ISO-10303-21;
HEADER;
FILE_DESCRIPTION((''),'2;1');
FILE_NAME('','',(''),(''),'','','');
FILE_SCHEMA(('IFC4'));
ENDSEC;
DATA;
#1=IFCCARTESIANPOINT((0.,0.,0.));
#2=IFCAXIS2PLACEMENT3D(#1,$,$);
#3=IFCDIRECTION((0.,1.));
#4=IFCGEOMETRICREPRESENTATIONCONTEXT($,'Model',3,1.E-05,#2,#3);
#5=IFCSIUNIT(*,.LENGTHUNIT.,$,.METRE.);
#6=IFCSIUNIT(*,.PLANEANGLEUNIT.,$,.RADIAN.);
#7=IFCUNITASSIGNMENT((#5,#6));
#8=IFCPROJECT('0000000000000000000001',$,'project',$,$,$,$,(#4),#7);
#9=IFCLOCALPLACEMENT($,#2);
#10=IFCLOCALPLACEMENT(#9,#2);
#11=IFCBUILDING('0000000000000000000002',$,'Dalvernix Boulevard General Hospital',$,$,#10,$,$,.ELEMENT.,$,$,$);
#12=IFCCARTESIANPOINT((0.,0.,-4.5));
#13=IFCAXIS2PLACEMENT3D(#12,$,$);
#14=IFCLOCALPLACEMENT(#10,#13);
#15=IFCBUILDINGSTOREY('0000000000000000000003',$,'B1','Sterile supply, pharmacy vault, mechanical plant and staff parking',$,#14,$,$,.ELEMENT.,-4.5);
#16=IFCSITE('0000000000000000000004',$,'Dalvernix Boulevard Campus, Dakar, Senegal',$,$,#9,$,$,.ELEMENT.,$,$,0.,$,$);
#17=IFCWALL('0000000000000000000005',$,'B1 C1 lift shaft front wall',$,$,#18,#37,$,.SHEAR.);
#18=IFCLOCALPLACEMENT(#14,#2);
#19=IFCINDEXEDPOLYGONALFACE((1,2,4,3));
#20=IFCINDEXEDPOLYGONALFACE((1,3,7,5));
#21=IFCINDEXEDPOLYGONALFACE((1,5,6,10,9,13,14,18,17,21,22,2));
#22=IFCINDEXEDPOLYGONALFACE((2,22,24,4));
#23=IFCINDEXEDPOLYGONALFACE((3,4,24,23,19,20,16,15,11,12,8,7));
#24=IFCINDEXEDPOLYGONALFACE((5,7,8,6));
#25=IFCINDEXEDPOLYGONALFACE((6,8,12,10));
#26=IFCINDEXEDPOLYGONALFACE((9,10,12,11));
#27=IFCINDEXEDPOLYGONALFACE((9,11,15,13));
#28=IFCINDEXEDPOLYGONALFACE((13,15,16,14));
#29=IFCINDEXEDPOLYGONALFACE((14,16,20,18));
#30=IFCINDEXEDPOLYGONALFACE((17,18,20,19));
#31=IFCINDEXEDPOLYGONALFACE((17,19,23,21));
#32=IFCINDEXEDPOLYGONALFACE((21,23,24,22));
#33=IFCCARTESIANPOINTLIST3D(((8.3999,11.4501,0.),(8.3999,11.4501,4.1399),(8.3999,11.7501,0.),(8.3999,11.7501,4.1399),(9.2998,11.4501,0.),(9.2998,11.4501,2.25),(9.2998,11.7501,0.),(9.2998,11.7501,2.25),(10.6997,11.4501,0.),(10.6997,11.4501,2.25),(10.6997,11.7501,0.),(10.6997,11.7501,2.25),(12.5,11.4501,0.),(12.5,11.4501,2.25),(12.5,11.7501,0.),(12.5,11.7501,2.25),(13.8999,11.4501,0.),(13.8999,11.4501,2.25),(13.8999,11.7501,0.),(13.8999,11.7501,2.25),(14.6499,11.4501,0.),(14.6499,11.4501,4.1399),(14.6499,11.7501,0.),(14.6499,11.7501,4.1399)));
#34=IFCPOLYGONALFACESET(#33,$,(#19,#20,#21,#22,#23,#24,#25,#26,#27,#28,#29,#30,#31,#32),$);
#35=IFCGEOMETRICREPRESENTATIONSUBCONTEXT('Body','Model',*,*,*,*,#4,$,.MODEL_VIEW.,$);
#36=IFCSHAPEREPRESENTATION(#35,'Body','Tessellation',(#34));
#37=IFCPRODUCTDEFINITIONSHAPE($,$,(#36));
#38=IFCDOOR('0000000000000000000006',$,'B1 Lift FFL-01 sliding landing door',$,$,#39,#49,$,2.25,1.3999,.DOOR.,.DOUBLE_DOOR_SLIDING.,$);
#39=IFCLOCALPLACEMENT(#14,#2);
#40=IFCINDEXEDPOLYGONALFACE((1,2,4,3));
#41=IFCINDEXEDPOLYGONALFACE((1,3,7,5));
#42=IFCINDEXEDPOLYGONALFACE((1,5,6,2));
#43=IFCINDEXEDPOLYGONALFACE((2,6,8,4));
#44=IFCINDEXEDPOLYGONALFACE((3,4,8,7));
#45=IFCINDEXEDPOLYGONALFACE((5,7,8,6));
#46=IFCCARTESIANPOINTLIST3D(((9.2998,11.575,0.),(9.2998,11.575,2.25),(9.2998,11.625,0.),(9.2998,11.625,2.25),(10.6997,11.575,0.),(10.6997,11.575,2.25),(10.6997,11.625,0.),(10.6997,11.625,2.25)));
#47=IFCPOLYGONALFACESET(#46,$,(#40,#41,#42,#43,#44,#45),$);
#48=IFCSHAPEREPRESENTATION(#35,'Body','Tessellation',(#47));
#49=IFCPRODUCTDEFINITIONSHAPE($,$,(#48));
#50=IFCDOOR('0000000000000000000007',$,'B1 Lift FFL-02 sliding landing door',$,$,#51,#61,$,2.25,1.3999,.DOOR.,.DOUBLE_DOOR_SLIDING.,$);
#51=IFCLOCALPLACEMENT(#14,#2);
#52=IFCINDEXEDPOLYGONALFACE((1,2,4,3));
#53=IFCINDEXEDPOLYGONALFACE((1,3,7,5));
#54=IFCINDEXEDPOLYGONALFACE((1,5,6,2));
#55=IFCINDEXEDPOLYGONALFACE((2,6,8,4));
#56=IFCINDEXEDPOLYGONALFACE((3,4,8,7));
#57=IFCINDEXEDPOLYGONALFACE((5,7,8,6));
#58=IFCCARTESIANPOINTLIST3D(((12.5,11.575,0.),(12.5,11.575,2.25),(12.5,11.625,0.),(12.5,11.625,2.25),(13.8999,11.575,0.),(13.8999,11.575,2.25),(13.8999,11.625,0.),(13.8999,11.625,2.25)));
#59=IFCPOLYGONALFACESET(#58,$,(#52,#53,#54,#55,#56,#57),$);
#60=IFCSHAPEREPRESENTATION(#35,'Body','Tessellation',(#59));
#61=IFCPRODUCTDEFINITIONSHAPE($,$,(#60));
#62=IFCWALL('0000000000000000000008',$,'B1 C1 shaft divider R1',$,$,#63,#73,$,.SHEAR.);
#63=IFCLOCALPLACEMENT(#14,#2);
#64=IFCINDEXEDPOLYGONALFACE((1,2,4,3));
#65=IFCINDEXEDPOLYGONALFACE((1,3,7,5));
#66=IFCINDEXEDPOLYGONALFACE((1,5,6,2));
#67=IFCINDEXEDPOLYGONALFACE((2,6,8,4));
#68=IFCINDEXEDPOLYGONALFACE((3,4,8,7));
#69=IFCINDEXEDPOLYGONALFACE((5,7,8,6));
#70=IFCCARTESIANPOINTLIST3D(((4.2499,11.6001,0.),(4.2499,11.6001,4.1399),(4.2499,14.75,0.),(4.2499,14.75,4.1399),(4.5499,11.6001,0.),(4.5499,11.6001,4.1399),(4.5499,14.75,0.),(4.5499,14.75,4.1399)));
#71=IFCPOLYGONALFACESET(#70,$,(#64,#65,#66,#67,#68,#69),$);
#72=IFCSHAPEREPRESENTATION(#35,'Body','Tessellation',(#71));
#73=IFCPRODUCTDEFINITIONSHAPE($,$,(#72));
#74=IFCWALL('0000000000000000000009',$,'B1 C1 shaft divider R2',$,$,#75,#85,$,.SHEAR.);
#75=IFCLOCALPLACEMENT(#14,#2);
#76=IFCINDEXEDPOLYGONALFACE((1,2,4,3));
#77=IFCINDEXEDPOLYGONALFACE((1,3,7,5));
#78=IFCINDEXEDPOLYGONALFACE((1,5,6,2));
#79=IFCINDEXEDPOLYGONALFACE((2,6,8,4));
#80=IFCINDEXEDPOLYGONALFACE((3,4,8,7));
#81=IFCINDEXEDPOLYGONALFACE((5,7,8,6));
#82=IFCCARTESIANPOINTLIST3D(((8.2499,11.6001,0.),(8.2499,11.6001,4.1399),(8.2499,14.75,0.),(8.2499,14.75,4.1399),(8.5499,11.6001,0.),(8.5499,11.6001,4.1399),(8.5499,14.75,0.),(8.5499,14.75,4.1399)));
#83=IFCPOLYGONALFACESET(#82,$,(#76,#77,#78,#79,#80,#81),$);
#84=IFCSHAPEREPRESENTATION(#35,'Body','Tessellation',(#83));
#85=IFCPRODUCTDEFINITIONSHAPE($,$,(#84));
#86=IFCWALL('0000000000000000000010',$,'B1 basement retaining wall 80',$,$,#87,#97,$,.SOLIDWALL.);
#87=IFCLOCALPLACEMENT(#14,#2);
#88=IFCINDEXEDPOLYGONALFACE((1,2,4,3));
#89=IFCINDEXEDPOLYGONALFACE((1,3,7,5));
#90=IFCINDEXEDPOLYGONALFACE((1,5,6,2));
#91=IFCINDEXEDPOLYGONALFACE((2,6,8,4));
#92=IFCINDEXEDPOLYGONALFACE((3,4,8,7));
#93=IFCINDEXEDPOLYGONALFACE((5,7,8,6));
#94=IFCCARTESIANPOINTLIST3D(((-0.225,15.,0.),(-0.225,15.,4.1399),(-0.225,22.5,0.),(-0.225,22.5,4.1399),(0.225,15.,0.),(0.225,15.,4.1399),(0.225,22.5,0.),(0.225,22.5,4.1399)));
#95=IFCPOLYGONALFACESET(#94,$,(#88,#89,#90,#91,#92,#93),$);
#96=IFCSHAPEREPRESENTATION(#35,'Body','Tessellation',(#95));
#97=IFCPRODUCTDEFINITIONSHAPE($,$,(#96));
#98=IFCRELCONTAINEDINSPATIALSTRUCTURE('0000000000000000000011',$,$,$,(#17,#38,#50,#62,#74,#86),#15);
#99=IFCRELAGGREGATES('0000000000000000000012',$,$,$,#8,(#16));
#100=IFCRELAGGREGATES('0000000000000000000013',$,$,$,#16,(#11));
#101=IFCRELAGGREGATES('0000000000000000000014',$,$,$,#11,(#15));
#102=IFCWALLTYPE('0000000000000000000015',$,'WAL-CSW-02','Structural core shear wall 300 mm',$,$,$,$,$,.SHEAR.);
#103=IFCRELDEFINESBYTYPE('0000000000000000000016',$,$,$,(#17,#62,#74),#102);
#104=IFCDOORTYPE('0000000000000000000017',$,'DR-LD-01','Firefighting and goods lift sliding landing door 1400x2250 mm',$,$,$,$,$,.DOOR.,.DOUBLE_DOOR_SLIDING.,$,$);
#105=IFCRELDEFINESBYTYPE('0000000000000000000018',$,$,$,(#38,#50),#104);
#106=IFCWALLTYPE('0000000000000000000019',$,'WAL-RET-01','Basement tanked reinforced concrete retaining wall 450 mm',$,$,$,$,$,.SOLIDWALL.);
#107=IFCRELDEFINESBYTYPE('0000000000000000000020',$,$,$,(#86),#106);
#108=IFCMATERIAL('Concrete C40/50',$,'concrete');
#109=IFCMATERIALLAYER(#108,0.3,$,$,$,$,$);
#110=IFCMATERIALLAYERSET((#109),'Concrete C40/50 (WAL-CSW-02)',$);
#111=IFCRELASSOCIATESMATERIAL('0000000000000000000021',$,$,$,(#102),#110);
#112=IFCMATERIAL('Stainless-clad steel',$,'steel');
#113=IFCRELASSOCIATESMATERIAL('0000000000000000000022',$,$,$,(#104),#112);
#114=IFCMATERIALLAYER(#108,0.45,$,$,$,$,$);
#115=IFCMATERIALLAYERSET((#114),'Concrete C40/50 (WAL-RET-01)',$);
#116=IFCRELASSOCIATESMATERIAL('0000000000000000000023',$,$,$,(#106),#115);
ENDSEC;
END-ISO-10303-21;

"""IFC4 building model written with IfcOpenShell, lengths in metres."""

from ifc_helpers import new_model, si_unit, direction, frame, frame_2d, origin, place, context, subcontext, project, spatial, rectangle, extrude, material, layer, layer_set, type_object, element, fill, save


model = new_model("IFC4")

# Units and contexts
model_context = context("Model", 3, precision=1e-05, world=origin(), true_north=direction((0.0, 1.0)))
body_context = subcontext(model_context, "Body", "Model", "MODEL_VIEW")
ifc_project = project(units=[si_unit("LENGTHUNIT", "METRE"), si_unit("PLANEANGLEUNIT", "RADIAN")], contexts=[model_context])

# Site, building, storey
site_placement = place(None, origin())
site = spatial("IfcSite", under=ifc_project, at=site_placement, Name="Dalvernix Boulevard Campus, Dakar, Senegal", CompositionType="ELEMENT", RefElevation=0.0)
building_placement = place(site_placement, origin())
building = spatial("IfcBuilding", under=site, at=building_placement, Name="Dalvernix Boulevard General Hospital", CompositionType="ELEMENT")
storey_placement = place(building_placement, frame((0.0, 0.0, -4.5)))
storey = spatial("IfcBuildingStorey", under=building, at=storey_placement, Name="B1", Description="Sterile supply, pharmacy vault, mechanical plant and staff parking", CompositionType="ELEMENT", Elevation=-4.5)

# Shared definitions
ifc_material_1 = material(Name="Concrete C40/50", Category="concrete")

# Wall, openings, doors
ifc_layer_1 = layer(ifc_material_1, 0.3)
ifc_layer_set_1 = layer_set([ifc_layer_1], Name="Concrete C40/50 (WAL-CSW-02)")
wall_type_1 = type_object("IfcWallType", Name="WAL-CSW-02", Description="Structural core shear wall 300 mm", PredefinedType="SHEAR", material=ifc_layer_set_1)
wall_1_placement = place(storey_placement, frame((8.3999, 11.6001, 0.0), z_axis=(0.0, 0.0, 1.0), x_axis=(1.0, 0.0, 0.0)))
wall_1 = element("IfcWall", 1, at=wall_1_placement, inside=storey, type_object=wall_type_1, Name="B1 C1 lift shaft front wall", PredefinedType="SHEAR", context=body_context, shape_type="SweptSolid", body=[
    extrude(rectangle(XDim=6.25, YDim=0.3, at=frame_2d((3.125, 0.0))), origin(), (0.0, 0.0, 1.0), 4.1399),
])
opening_1_placement = place(wall_1_placement, frame((0.8999, 0.0, 0.0)))
opening_1 = element("IfcOpeningElement", 2, at=opening_1_placement, cuts=wall_1, PredefinedType="OPENING", context=body_context, shape_type="SweptSolid", body=[
    extrude(rectangle(XDim=1.3999, YDim=2.25, at=frame_2d((0.7, 1.125))), frame((0.0, 0.1599, 0.0), z_axis=(0.0, -1.0, 0.0), x_axis=(1.0, 0.0, 0.0)), (0.0, 0.0, 1.0), 0.3201),
])
opening_2_placement = place(wall_1_placement, frame((4.1001, 0.0, 0.0)))
opening_2 = element("IfcOpeningElement", 3, at=opening_2_placement, cuts=wall_1, PredefinedType="OPENING", context=body_context, shape_type="SweptSolid", body=[
    extrude(rectangle(XDim=1.3999, YDim=2.25, at=frame_2d((0.7, 1.125))), frame((0.0, 0.1599, 0.0), z_axis=(0.0, -1.0, 0.0), x_axis=(1.0, 0.0, 0.0)), (0.0, 0.0, 1.0), 0.3201),
])
ifc_material_2 = material(Name="Stainless-clad steel", Category="steel")
door_type = type_object("IfcDoorType", Name="DR-LD-01", Description="Firefighting and goods lift sliding landing door 1400x2250 mm", OperationType="DOUBLE_DOOR_SLIDING", PredefinedType="DOOR", material=ifc_material_2)
door_1_placement = place(opening_1_placement, origin())
door_1 = element("IfcDoor", 4, at=door_1_placement, inside=storey, type_object=door_type, Name="B1 Lift FFL-01 sliding landing door", OperationType="DOUBLE_DOOR_SLIDING", OverallHeight=2.25, OverallWidth=1.3999, PredefinedType="DOOR", context=body_context, shape_type="SweptSolid", body=[
    extrude(rectangle(XDim=1.3999, YDim=2.25, at=frame_2d((0.7, 1.125))), frame((0.0, 0.0249, 0.0), z_axis=(0.0, -1.0, 0.0), x_axis=(1.0, 0.0, 0.0)), (0.0, 0.0, 1.0), 0.05),
])
fill(opening_1, door_1)
door_2_placement = place(opening_2_placement, origin())
door_2 = element("IfcDoor", 5, at=door_2_placement, inside=storey, type_object=door_type, Name="B1 Lift FFL-02 sliding landing door", OperationType="DOUBLE_DOOR_SLIDING", OverallHeight=2.25, OverallWidth=1.3999, PredefinedType="DOOR", context=body_context, shape_type="SweptSolid", body=[
    extrude(rectangle(XDim=1.3999, YDim=2.25, at=frame_2d((0.7, 1.125))), frame((0.0, 0.0249, 0.0), z_axis=(0.0, -1.0, 0.0), x_axis=(1.0, 0.0, 0.0)), (0.0, 0.0, 1.0), 0.05),
])
fill(opening_2, door_2)

# Walls
for number, where, z_axis, x_axis, name in (
    (6, (4.3999, 11.6001, 0.0), (0.0, 0.0, 1.0), (0.0, 1.0, 0.0), "B1 C1 shaft divider R1"),
    (7, (8.3999, 11.6001, 0.0), (0.0, 0.0, 1.0), (0.0, 1.0, 0.0), "B1 C1 shaft divider R2"),
):
    element("IfcWall", number, at=place(storey_placement, frame(where, z_axis=z_axis, x_axis=x_axis)), inside=storey, type_object=wall_type_1, Name=name, PredefinedType="SHEAR", context=body_context, shape_type="SweptSolid", body=[
        extrude(rectangle(XDim=3.1499, YDim=0.3, at=frame_2d((1.575, 0.0))), origin(), (0.0, 0.0, 1.0), 4.1399),
    ])
ifc_layer_2 = layer(ifc_material_1, 0.45)
ifc_layer_set_2 = layer_set([ifc_layer_2], Name="Concrete C40/50 (WAL-RET-01)")
wall_type_2 = type_object("IfcWallType", Name="WAL-RET-01", Description="Basement tanked reinforced concrete retaining wall 450 mm", PredefinedType="SOLIDWALL", material=ifc_layer_set_2)
wall_2_placement = place(storey_placement, frame((0.0, 15.0, 0.0), z_axis=(0.0, 0.0, 1.0), x_axis=(0.0, 1.0, 0.0)))
element("IfcWall", 8, at=wall_2_placement, inside=storey, type_object=wall_type_2, Name="B1 basement retaining wall 80", PredefinedType="SOLIDWALL", context=body_context, shape_type="SweptSolid", body=[
    extrude(rectangle(XDim=7.5, YDim=0.45, at=frame_2d((3.75, 0.0))), origin(), (0.0, 0.0, 1.0), 4.1399),
])

save(model, "model.ifc")
